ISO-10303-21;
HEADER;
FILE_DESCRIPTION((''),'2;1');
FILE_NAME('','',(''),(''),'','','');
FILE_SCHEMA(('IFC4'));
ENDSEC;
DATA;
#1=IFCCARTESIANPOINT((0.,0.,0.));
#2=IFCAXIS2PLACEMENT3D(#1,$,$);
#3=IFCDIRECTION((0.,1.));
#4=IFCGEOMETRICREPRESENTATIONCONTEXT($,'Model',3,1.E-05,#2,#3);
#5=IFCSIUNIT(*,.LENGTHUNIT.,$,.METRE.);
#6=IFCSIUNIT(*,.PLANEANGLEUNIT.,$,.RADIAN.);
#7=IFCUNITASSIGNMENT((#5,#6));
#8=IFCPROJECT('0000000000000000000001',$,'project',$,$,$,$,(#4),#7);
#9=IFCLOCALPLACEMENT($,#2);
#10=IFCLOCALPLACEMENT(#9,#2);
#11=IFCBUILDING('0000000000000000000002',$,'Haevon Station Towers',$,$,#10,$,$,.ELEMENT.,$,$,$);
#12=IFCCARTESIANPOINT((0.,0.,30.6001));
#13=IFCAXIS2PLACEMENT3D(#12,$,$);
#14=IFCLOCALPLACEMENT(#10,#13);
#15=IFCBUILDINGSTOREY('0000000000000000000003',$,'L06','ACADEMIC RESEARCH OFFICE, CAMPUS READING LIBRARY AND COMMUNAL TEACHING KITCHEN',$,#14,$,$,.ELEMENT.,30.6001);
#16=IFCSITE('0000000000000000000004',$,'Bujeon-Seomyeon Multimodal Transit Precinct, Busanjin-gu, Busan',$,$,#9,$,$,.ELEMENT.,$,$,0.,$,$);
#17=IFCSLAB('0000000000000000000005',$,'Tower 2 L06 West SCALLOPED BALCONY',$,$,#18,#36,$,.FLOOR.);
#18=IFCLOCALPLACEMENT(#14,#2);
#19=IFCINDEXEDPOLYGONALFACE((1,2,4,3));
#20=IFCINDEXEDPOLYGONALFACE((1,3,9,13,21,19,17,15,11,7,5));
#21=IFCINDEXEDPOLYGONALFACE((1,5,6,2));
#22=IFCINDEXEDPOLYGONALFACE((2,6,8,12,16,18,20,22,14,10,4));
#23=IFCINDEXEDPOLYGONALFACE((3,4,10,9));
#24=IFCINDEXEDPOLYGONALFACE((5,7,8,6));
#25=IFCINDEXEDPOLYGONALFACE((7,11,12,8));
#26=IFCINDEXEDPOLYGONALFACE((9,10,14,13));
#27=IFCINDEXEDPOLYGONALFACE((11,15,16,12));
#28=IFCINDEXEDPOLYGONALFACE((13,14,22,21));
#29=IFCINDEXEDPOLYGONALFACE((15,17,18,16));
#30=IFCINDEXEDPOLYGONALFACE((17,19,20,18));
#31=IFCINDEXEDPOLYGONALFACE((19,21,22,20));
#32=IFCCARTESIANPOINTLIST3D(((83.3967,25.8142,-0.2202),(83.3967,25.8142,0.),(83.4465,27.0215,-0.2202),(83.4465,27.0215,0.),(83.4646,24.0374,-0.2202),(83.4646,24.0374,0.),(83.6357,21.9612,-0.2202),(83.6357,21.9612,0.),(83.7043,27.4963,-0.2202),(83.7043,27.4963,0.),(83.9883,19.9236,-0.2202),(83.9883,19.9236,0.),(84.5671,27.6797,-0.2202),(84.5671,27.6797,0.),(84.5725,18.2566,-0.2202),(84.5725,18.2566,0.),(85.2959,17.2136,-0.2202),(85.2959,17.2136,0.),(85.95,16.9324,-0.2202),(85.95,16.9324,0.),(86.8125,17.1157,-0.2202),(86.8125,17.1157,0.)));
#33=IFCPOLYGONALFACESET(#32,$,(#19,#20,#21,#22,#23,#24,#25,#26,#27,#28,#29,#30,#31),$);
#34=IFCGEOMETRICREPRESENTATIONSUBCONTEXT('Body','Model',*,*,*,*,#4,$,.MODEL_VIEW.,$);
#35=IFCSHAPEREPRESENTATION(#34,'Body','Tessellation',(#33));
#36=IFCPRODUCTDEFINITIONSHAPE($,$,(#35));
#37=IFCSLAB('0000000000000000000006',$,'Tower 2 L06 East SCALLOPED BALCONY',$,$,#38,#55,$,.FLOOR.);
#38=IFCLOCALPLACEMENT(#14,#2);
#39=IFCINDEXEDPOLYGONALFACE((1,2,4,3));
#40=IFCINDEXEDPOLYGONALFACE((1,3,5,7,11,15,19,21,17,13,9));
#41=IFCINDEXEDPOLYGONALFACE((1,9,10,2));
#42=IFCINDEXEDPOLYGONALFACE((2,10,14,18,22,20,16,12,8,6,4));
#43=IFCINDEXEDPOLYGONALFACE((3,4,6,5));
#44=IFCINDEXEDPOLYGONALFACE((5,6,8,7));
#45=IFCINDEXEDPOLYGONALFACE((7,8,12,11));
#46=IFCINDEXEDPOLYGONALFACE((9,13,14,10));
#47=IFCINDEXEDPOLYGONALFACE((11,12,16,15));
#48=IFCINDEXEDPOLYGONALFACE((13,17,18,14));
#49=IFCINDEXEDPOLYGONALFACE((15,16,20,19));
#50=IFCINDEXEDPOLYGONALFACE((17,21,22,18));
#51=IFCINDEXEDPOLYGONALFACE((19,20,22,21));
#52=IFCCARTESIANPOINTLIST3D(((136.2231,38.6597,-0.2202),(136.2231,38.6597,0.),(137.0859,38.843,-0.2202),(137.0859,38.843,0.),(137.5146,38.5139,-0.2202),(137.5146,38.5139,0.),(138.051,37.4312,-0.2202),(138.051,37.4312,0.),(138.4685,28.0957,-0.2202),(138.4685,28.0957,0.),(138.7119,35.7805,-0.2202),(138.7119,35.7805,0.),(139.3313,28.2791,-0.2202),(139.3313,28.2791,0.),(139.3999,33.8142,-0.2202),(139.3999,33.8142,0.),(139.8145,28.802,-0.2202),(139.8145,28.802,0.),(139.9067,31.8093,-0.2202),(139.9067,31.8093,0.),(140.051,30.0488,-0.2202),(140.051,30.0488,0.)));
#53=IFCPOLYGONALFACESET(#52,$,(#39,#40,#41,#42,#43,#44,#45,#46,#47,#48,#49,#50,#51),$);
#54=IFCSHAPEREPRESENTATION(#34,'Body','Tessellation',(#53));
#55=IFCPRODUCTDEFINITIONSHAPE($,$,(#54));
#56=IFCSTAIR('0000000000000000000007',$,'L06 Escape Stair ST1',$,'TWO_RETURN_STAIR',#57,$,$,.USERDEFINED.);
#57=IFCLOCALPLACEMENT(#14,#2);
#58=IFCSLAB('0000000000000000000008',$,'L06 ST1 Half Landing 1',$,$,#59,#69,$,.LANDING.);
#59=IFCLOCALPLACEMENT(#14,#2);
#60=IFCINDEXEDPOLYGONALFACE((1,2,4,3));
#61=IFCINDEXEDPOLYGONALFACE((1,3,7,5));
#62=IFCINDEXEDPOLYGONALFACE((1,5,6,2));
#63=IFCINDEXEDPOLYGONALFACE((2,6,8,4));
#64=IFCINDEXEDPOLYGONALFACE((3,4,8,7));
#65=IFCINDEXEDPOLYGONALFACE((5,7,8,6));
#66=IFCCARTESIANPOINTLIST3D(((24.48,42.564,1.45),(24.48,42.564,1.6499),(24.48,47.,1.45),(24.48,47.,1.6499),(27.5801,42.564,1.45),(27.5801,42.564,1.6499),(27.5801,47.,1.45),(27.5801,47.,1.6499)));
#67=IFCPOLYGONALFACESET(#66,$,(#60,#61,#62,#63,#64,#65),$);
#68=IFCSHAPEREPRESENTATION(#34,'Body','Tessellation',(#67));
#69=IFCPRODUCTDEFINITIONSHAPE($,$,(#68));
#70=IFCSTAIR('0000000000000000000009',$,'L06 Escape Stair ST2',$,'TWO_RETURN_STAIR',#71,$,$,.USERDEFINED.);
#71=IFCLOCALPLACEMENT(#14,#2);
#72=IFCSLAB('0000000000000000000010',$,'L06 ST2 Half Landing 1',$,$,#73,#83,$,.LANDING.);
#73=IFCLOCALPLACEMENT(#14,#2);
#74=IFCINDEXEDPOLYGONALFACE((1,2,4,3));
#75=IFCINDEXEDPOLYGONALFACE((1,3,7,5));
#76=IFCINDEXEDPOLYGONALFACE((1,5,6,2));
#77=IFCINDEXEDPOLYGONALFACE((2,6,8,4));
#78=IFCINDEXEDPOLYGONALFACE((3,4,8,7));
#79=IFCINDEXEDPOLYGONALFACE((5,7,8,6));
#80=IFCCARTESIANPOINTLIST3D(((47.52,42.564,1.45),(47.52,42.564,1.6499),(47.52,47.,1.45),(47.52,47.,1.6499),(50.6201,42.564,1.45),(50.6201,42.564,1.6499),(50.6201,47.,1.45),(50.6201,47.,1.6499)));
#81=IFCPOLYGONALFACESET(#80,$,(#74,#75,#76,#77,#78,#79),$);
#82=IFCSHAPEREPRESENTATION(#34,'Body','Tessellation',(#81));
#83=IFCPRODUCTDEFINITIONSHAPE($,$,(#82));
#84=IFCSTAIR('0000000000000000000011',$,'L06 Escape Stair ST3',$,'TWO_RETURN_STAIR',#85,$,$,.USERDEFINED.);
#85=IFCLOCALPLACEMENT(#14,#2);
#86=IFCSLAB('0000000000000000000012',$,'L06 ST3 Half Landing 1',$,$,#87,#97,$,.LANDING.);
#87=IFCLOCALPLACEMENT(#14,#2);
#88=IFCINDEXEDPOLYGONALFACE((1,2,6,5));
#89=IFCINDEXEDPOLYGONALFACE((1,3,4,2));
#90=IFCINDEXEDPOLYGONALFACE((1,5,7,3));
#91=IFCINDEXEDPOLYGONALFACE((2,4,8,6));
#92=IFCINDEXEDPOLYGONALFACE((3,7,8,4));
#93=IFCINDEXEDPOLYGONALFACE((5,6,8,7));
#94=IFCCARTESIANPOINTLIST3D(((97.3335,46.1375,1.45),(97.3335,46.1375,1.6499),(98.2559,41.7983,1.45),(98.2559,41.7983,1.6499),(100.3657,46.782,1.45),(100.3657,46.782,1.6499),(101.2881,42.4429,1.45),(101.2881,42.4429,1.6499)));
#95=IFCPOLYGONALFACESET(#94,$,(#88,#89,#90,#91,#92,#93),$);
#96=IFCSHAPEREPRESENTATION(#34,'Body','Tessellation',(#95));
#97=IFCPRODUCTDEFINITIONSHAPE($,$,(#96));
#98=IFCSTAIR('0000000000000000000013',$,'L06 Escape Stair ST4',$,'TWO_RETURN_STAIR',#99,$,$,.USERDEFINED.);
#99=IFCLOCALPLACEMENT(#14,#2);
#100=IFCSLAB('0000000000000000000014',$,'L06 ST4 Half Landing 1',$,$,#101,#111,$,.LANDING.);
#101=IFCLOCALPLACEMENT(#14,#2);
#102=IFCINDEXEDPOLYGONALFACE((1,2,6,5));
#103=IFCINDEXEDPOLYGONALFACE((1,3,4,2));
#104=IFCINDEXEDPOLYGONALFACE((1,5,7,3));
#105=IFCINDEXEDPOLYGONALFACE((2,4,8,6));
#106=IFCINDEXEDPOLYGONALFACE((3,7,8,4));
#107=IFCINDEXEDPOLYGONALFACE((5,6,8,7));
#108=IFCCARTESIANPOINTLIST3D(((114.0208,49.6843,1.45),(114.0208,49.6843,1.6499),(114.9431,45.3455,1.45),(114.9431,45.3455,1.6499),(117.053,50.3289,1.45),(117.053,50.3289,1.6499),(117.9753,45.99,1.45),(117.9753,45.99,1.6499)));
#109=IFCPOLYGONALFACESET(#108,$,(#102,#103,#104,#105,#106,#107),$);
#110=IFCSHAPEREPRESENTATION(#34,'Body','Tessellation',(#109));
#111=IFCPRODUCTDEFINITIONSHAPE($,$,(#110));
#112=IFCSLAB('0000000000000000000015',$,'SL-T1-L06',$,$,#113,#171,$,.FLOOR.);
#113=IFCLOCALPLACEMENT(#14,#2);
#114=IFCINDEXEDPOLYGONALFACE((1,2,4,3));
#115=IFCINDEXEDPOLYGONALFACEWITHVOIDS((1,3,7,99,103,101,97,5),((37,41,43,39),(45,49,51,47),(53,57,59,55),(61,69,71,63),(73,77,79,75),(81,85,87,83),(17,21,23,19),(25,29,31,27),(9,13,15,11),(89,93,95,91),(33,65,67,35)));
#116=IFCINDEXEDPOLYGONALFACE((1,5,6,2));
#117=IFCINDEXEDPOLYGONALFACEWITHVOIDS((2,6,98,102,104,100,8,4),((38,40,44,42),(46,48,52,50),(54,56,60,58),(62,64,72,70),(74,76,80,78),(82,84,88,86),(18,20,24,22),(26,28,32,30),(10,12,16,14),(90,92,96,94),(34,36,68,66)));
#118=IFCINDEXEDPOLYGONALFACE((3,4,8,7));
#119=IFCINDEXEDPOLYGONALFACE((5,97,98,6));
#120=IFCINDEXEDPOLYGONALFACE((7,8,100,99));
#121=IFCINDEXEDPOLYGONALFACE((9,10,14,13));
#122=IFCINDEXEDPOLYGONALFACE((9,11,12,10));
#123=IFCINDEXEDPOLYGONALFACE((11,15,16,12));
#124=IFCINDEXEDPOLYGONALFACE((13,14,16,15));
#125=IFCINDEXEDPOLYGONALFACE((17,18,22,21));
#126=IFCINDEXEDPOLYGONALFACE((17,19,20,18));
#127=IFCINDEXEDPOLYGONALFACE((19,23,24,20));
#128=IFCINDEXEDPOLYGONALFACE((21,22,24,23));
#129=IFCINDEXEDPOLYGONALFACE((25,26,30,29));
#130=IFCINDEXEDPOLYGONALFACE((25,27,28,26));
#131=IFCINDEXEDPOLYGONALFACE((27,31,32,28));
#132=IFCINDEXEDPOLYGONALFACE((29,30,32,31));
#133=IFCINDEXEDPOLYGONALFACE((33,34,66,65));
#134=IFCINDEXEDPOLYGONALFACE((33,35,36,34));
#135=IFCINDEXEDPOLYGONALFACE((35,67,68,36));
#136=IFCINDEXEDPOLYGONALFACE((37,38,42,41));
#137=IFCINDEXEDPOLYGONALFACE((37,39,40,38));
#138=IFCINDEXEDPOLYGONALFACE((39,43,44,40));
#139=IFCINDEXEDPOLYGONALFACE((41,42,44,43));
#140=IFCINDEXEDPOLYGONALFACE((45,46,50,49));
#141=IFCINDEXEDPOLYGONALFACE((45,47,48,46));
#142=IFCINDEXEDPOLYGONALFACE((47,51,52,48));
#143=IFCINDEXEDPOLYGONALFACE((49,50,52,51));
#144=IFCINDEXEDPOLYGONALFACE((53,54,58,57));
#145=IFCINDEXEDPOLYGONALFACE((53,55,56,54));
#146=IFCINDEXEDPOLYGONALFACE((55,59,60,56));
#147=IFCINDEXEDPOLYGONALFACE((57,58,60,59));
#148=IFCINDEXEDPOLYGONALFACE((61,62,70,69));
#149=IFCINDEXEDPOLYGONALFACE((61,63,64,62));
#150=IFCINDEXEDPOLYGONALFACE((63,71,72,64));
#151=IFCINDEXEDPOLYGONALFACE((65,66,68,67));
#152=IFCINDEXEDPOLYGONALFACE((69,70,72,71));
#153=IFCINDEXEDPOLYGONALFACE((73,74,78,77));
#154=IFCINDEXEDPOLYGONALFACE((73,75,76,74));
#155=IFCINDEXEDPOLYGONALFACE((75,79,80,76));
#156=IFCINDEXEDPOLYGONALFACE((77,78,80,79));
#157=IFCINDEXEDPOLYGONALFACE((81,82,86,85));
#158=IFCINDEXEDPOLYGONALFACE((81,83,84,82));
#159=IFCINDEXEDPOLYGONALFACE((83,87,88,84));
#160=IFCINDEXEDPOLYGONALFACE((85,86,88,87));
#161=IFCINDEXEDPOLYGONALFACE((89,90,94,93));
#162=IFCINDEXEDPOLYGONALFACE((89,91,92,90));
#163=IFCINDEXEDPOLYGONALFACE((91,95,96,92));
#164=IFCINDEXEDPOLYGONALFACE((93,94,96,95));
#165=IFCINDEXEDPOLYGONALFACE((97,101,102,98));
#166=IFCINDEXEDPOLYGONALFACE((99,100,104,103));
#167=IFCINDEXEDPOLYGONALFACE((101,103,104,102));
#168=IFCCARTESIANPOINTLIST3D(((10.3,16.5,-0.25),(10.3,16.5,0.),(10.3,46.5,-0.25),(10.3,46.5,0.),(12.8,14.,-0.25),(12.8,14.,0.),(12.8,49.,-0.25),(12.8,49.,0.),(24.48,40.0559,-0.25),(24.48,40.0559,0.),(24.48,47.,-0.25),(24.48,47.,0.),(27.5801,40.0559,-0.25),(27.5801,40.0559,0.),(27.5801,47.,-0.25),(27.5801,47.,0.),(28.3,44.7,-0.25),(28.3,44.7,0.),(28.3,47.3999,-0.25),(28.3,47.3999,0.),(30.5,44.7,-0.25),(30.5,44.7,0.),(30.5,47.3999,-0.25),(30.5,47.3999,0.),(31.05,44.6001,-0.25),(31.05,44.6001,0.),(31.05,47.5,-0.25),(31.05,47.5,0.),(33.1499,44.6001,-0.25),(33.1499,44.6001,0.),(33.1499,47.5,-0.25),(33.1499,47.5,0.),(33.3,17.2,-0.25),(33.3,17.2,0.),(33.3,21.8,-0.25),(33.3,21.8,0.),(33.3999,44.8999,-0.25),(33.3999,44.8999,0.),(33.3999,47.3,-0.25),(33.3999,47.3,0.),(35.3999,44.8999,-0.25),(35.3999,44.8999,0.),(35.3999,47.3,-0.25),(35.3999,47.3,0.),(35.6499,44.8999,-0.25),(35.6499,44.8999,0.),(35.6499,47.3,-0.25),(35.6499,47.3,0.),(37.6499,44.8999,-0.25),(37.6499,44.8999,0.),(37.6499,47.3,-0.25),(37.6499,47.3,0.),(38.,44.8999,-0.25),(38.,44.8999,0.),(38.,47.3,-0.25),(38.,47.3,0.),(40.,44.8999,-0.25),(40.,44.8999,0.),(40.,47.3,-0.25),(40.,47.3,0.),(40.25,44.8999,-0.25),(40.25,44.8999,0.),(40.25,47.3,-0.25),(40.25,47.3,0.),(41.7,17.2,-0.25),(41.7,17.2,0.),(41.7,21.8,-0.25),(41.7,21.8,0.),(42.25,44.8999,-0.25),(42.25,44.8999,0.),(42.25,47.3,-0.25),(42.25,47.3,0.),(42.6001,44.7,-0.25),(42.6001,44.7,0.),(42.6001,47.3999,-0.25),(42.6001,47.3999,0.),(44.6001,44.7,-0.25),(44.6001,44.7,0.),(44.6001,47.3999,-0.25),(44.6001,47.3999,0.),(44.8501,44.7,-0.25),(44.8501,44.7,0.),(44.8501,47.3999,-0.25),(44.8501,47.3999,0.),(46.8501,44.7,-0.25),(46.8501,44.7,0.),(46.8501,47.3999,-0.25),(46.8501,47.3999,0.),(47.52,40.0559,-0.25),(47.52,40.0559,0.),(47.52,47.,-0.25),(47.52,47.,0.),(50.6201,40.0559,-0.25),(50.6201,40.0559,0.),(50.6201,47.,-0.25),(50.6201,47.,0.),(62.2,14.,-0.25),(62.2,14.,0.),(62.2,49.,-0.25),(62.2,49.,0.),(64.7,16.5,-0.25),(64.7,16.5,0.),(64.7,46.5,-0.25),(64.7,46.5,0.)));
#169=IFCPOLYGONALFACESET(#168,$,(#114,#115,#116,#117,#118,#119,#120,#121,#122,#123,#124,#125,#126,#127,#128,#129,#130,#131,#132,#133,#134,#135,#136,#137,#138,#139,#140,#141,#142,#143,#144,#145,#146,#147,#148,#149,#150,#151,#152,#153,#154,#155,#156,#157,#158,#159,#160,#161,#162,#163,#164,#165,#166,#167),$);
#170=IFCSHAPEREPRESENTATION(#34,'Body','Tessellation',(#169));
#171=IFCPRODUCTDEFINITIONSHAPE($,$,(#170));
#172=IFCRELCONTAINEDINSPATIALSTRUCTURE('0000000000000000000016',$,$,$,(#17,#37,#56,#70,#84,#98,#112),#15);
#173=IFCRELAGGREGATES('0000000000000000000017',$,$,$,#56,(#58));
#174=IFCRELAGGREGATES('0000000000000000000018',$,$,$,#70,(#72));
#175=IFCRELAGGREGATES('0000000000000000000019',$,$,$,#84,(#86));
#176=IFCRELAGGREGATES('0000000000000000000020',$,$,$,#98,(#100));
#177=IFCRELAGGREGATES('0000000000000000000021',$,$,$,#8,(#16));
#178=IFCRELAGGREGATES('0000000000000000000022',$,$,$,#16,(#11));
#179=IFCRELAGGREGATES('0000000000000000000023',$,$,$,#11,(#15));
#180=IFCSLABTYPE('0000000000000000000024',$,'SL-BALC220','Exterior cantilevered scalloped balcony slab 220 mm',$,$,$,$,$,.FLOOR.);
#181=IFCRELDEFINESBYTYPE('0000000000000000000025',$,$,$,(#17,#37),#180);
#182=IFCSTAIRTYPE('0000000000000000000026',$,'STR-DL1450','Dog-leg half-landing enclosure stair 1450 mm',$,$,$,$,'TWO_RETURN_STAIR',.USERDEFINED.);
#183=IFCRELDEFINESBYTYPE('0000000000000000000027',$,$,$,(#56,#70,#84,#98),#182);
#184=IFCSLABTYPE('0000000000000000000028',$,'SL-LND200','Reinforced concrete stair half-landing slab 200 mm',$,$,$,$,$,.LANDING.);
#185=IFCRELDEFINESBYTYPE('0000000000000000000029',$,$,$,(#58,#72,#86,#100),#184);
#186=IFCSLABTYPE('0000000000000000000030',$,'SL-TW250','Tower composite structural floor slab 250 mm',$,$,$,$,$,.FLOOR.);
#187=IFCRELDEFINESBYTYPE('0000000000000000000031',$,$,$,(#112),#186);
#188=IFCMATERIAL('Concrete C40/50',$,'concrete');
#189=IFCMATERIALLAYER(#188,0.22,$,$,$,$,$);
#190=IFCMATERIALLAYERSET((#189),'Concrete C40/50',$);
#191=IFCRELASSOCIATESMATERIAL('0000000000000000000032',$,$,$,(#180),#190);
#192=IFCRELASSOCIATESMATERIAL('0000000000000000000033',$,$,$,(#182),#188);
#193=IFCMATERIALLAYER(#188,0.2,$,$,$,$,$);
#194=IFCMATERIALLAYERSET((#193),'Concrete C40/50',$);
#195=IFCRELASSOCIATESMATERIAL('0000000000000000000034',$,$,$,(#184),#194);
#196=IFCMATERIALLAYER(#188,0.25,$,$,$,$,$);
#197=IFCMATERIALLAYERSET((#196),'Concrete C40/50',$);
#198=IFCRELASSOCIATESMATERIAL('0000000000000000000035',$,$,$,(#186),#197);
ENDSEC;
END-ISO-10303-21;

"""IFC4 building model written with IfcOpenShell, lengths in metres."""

from ifc_helpers import new_model, si_unit, direction, frame, origin, place, context, subcontext, project, spatial, polyline, outline, extrude, material, layer, layer_set, type_object, element, aggregate, save


model = new_model("IFC4")

# Units and contexts
model_context = context("Model", 3, precision=1e-05, world=origin(), true_north=direction((0.0, 1.0)))
body_context = subcontext(model_context, "Body", "Model", "MODEL_VIEW")
ifc_project = project(units=[si_unit("LENGTHUNIT", "METRE"), si_unit("PLANEANGLEUNIT", "RADIAN")], contexts=[model_context])

# Site, building, storey
site_placement = place(None, origin())
site = spatial("IfcSite", under=ifc_project, at=site_placement, Name="Bujeon-Seomyeon Multimodal Transit Precinct, Busanjin-gu, Busan", CompositionType="ELEMENT", RefElevation=0.0)
building_placement = place(site_placement, origin())
building = spatial("IfcBuilding", under=site, at=building_placement, Name="Haevon Station Towers", CompositionType="ELEMENT")
storey_placement = place(building_placement, frame((0.0, 0.0, 30.6001)))
storey = spatial("IfcBuildingStorey", under=building, at=storey_placement, Name="L06", Description="ACADEMIC RESEARCH OFFICE, CAMPUS READING LIBRARY AND COMMUNAL TEACHING KITCHEN", CompositionType="ELEMENT", Elevation=30.6001)

# Slabs
ifc_material_1 = material(Name="Concrete C40/50", Category="concrete")
ifc_layer_1 = layer(ifc_material_1, 0.22)
ifc_layer_set_1 = layer_set([ifc_layer_1], Name="Concrete C40/50")
slab_type_1 = type_object("IfcSlabType", Name="SL-BALC220", Description="Exterior cantilevered scalloped balcony slab 220 mm", PredefinedType="FLOOR", material=ifc_layer_set_1)
slab_1_placement = place(storey_placement, frame((0.0, 0.0, -0.2202)))
element("IfcSlab", 1, at=slab_1_placement, inside=storey, type_object=slab_type_1, Name="Tower 2 L06 West SCALLOPED BALCONY", PredefinedType="FLOOR", context=body_context, shape_type="SweptSolid", body=[
    extrude(outline(polyline([(84.5671, 27.6797), (83.7043, 27.4963), (83.4465, 27.0215), (83.3967, 25.8142), (83.4646, 24.0374), (83.6357, 21.9612), (83.9883, 19.9236), (84.5725, 18.2566), (85.2959, 17.2136), (85.95, 16.9324), (86.8125, 17.1157), (84.5671, 27.6797)])), origin(), (0.0, 0.0, 1.0), 0.2202),
])
slab_2_placement = place(storey_placement, frame((0.0, 0.0, -0.2202)))
element("IfcSlab", 2, at=slab_2_placement, inside=storey, type_object=slab_type_1, Name="Tower 2 L06 East SCALLOPED BALCONY", PredefinedType="FLOOR", context=body_context, shape_type="SweptSolid", body=[
    extrude(outline(polyline([(138.4685, 28.0957), (139.3313, 28.2791), (139.8145, 28.802), (140.051, 30.0488), (139.9067, 31.8093), (139.3999, 33.8142), (138.7119, 35.7805), (138.051, 37.4312), (137.5146, 38.5139), (137.0859, 38.843), (136.2231, 38.6597), (138.4685, 28.0957)])), origin(), (0.0, 0.0, 1.0), 0.2202),
])

# Stairs, slabs
stair_type = type_object("IfcStairType", Name="STR-DL1450", Description="Dog-leg half-landing enclosure stair 1450 mm", ElementType="TWO_RETURN_STAIR", PredefinedType="USERDEFINED", material=ifc_material_1)
stair_1_placement = place(storey_placement, origin())
stair_1 = element("IfcStair", 3, at=stair_1_placement, inside=storey, type_object=stair_type, Name="L06 Escape Stair ST1", ObjectType="TWO_RETURN_STAIR", PredefinedType="USERDEFINED")
ifc_layer_2 = layer(ifc_material_1, 0.2)
ifc_layer_set_2 = layer_set([ifc_layer_2], Name="Concrete C40/50")
slab_type_2 = type_object("IfcSlabType", Name="SL-LND200", Description="Reinforced concrete stair half-landing slab 200 mm", PredefinedType="LANDING", material=ifc_layer_set_2)
slab_3_placement = place(storey_placement, frame((0.0, 0.0, 1.45)))
slab_3 = element("IfcSlab", 4, at=slab_3_placement, type_object=slab_type_2, Name="L06 ST1 Half Landing 1", PredefinedType="LANDING", context=body_context, shape_type="SweptSolid", body=[
    extrude(outline(polyline([(27.5801, 42.564), (27.5801, 47.0), (24.48, 47.0), (24.48, 42.564), (27.5801, 42.564)])), origin(), (0.0, 0.0, 1.0), 0.2),
])
aggregate(stair_1, [slab_3])
stair_2_placement = place(storey_placement, origin())
stair_2 = element("IfcStair", 5, at=stair_2_placement, inside=storey, type_object=stair_type, Name="L06 Escape Stair ST2", ObjectType="TWO_RETURN_STAIR", PredefinedType="USERDEFINED")
slab_4_placement = place(storey_placement, frame((0.0, 0.0, 1.45)))
slab_4 = element("IfcSlab", 6, at=slab_4_placement, type_object=slab_type_2, Name="L06 ST2 Half Landing 1", PredefinedType="LANDING", context=body_context, shape_type="SweptSolid", body=[
    extrude(outline(polyline([(50.6201, 42.564), (50.6201, 47.0), (47.52, 47.0), (47.52, 42.564), (50.6201, 42.564)])), origin(), (0.0, 0.0, 1.0), 0.2),
])
aggregate(stair_2, [slab_4])
stair_3_placement = place(storey_placement, origin())
stair_3 = element("IfcStair", 7, at=stair_3_placement, inside=storey, type_object=stair_type, Name="L06 Escape Stair ST3", ObjectType="TWO_RETURN_STAIR", PredefinedType="USERDEFINED")
slab_5_placement = place(storey_placement, frame((0.0, 0.0, 1.45)))
slab_5 = element("IfcSlab", 8, at=slab_5_placement, type_object=slab_type_2, Name="L06 ST3 Half Landing 1", PredefinedType="LANDING", context=body_context, shape_type="SweptSolid", body=[
    extrude(outline(polyline([(101.2881, 42.4429), (100.3657, 46.782), (97.3335, 46.1375), (98.2559, 41.7983), (101.2881, 42.4429)])), origin(), (0.0, 0.0, 1.0), 0.2),
])
aggregate(stair_3, [slab_5])
stair_4_placement = place(storey_placement, origin())
stair_4 = element("IfcStair", 9, at=stair_4_placement, inside=storey, type_object=stair_type, Name="L06 Escape Stair ST4", ObjectType="TWO_RETURN_STAIR", PredefinedType="USERDEFINED")
slab_6_placement = place(storey_placement, frame((0.0, 0.0, 1.45)))
slab_6 = element("IfcSlab", 10, at=slab_6_placement, type_object=slab_type_2, Name="L06 ST4 Half Landing 1", PredefinedType="LANDING", context=body_context, shape_type="SweptSolid", body=[
    extrude(outline(polyline([(117.9753, 45.99), (117.053, 50.3289), (114.0208, 49.6843), (114.9431, 45.3455), (117.9753, 45.99)])), origin(), (0.0, 0.0, 1.0), 0.2),
])
aggregate(stair_4, [slab_6])

# Slab
ifc_layer_3 = layer(ifc_material_1, 0.25)
ifc_layer_set_3 = layer_set([ifc_layer_3], Name="Concrete C40/50")
slab_type_3 = type_object("IfcSlabType", Name="SL-TW250", Description="Tower composite structural floor slab 250 mm", PredefinedType="FLOOR", material=ifc_layer_set_3)
slab_7_placement = place(storey_placement, frame((0.0, 0.0, -0.25)))
element("IfcSlab", 11, at=slab_7_placement, inside=storey, type_object=slab_type_3, Name="SL-T1-L06", PredefinedType="FLOOR", context=body_context, shape_type="SweptSolid", body=[
    extrude(outline(polyline([(12.8, 14.0), (62.2, 14.0), (64.7, 16.5), (64.7, 46.5), (62.2, 49.0), (12.8, 49.0), (10.3, 46.5), (10.3, 16.5), (12.8, 14.0)]), holes=[polyline([(27.5801, 40.0559), (27.5801, 47.0), (24.48, 47.0), (24.48, 40.0559), (27.5801, 40.0559)]), polyline([(50.6201, 40.0559), (50.6201, 47.0), (47.52, 47.0), (47.52, 40.0559), (50.6201, 40.0559)]), polyline([(28.3, 44.7), (30.5, 44.7), (30.5, 47.3999), (28.3, 47.3999), (28.3, 44.7)]), polyline([(31.05, 44.6001), (33.1499, 44.6001), (33.1499, 47.5), (31.05, 47.5), (31.05, 44.6001)]), polyline([(33.3999, 44.8999), (35.3999, 44.8999), (35.3999, 47.3), (33.3999, 47.3), (33.3999, 44.8999)]), polyline([(35.6499, 44.8999), (37.6499, 44.8999), (37.6499, 47.3), (35.6499, 47.3), (35.6499, 44.8999)]), polyline([(38.0, 44.8999), (40.0, 44.8999), (40.0, 47.3), (38.0, 47.3), (38.0, 44.8999)]), polyline([(40.25, 44.8999), (42.25, 44.8999), (42.25, 47.3), (40.25, 47.3), (40.25, 44.8999)]), polyline([(42.6001, 44.7), (44.6001, 44.7), (44.6001, 47.3999), (42.6001, 47.3999), (42.6001, 44.7)]), polyline([(44.8501, 44.7), (46.8501, 44.7), (46.8501, 47.3999), (44.8501, 47.3999), (44.8501, 44.7)]), polyline([(33.3, 17.2), (41.7, 17.2), (41.7, 21.8), (33.3, 21.8), (33.3, 17.2)])]), origin(), (0.0, 0.0, 1.0), 0.25),
])

save(model, "model.ifc")
